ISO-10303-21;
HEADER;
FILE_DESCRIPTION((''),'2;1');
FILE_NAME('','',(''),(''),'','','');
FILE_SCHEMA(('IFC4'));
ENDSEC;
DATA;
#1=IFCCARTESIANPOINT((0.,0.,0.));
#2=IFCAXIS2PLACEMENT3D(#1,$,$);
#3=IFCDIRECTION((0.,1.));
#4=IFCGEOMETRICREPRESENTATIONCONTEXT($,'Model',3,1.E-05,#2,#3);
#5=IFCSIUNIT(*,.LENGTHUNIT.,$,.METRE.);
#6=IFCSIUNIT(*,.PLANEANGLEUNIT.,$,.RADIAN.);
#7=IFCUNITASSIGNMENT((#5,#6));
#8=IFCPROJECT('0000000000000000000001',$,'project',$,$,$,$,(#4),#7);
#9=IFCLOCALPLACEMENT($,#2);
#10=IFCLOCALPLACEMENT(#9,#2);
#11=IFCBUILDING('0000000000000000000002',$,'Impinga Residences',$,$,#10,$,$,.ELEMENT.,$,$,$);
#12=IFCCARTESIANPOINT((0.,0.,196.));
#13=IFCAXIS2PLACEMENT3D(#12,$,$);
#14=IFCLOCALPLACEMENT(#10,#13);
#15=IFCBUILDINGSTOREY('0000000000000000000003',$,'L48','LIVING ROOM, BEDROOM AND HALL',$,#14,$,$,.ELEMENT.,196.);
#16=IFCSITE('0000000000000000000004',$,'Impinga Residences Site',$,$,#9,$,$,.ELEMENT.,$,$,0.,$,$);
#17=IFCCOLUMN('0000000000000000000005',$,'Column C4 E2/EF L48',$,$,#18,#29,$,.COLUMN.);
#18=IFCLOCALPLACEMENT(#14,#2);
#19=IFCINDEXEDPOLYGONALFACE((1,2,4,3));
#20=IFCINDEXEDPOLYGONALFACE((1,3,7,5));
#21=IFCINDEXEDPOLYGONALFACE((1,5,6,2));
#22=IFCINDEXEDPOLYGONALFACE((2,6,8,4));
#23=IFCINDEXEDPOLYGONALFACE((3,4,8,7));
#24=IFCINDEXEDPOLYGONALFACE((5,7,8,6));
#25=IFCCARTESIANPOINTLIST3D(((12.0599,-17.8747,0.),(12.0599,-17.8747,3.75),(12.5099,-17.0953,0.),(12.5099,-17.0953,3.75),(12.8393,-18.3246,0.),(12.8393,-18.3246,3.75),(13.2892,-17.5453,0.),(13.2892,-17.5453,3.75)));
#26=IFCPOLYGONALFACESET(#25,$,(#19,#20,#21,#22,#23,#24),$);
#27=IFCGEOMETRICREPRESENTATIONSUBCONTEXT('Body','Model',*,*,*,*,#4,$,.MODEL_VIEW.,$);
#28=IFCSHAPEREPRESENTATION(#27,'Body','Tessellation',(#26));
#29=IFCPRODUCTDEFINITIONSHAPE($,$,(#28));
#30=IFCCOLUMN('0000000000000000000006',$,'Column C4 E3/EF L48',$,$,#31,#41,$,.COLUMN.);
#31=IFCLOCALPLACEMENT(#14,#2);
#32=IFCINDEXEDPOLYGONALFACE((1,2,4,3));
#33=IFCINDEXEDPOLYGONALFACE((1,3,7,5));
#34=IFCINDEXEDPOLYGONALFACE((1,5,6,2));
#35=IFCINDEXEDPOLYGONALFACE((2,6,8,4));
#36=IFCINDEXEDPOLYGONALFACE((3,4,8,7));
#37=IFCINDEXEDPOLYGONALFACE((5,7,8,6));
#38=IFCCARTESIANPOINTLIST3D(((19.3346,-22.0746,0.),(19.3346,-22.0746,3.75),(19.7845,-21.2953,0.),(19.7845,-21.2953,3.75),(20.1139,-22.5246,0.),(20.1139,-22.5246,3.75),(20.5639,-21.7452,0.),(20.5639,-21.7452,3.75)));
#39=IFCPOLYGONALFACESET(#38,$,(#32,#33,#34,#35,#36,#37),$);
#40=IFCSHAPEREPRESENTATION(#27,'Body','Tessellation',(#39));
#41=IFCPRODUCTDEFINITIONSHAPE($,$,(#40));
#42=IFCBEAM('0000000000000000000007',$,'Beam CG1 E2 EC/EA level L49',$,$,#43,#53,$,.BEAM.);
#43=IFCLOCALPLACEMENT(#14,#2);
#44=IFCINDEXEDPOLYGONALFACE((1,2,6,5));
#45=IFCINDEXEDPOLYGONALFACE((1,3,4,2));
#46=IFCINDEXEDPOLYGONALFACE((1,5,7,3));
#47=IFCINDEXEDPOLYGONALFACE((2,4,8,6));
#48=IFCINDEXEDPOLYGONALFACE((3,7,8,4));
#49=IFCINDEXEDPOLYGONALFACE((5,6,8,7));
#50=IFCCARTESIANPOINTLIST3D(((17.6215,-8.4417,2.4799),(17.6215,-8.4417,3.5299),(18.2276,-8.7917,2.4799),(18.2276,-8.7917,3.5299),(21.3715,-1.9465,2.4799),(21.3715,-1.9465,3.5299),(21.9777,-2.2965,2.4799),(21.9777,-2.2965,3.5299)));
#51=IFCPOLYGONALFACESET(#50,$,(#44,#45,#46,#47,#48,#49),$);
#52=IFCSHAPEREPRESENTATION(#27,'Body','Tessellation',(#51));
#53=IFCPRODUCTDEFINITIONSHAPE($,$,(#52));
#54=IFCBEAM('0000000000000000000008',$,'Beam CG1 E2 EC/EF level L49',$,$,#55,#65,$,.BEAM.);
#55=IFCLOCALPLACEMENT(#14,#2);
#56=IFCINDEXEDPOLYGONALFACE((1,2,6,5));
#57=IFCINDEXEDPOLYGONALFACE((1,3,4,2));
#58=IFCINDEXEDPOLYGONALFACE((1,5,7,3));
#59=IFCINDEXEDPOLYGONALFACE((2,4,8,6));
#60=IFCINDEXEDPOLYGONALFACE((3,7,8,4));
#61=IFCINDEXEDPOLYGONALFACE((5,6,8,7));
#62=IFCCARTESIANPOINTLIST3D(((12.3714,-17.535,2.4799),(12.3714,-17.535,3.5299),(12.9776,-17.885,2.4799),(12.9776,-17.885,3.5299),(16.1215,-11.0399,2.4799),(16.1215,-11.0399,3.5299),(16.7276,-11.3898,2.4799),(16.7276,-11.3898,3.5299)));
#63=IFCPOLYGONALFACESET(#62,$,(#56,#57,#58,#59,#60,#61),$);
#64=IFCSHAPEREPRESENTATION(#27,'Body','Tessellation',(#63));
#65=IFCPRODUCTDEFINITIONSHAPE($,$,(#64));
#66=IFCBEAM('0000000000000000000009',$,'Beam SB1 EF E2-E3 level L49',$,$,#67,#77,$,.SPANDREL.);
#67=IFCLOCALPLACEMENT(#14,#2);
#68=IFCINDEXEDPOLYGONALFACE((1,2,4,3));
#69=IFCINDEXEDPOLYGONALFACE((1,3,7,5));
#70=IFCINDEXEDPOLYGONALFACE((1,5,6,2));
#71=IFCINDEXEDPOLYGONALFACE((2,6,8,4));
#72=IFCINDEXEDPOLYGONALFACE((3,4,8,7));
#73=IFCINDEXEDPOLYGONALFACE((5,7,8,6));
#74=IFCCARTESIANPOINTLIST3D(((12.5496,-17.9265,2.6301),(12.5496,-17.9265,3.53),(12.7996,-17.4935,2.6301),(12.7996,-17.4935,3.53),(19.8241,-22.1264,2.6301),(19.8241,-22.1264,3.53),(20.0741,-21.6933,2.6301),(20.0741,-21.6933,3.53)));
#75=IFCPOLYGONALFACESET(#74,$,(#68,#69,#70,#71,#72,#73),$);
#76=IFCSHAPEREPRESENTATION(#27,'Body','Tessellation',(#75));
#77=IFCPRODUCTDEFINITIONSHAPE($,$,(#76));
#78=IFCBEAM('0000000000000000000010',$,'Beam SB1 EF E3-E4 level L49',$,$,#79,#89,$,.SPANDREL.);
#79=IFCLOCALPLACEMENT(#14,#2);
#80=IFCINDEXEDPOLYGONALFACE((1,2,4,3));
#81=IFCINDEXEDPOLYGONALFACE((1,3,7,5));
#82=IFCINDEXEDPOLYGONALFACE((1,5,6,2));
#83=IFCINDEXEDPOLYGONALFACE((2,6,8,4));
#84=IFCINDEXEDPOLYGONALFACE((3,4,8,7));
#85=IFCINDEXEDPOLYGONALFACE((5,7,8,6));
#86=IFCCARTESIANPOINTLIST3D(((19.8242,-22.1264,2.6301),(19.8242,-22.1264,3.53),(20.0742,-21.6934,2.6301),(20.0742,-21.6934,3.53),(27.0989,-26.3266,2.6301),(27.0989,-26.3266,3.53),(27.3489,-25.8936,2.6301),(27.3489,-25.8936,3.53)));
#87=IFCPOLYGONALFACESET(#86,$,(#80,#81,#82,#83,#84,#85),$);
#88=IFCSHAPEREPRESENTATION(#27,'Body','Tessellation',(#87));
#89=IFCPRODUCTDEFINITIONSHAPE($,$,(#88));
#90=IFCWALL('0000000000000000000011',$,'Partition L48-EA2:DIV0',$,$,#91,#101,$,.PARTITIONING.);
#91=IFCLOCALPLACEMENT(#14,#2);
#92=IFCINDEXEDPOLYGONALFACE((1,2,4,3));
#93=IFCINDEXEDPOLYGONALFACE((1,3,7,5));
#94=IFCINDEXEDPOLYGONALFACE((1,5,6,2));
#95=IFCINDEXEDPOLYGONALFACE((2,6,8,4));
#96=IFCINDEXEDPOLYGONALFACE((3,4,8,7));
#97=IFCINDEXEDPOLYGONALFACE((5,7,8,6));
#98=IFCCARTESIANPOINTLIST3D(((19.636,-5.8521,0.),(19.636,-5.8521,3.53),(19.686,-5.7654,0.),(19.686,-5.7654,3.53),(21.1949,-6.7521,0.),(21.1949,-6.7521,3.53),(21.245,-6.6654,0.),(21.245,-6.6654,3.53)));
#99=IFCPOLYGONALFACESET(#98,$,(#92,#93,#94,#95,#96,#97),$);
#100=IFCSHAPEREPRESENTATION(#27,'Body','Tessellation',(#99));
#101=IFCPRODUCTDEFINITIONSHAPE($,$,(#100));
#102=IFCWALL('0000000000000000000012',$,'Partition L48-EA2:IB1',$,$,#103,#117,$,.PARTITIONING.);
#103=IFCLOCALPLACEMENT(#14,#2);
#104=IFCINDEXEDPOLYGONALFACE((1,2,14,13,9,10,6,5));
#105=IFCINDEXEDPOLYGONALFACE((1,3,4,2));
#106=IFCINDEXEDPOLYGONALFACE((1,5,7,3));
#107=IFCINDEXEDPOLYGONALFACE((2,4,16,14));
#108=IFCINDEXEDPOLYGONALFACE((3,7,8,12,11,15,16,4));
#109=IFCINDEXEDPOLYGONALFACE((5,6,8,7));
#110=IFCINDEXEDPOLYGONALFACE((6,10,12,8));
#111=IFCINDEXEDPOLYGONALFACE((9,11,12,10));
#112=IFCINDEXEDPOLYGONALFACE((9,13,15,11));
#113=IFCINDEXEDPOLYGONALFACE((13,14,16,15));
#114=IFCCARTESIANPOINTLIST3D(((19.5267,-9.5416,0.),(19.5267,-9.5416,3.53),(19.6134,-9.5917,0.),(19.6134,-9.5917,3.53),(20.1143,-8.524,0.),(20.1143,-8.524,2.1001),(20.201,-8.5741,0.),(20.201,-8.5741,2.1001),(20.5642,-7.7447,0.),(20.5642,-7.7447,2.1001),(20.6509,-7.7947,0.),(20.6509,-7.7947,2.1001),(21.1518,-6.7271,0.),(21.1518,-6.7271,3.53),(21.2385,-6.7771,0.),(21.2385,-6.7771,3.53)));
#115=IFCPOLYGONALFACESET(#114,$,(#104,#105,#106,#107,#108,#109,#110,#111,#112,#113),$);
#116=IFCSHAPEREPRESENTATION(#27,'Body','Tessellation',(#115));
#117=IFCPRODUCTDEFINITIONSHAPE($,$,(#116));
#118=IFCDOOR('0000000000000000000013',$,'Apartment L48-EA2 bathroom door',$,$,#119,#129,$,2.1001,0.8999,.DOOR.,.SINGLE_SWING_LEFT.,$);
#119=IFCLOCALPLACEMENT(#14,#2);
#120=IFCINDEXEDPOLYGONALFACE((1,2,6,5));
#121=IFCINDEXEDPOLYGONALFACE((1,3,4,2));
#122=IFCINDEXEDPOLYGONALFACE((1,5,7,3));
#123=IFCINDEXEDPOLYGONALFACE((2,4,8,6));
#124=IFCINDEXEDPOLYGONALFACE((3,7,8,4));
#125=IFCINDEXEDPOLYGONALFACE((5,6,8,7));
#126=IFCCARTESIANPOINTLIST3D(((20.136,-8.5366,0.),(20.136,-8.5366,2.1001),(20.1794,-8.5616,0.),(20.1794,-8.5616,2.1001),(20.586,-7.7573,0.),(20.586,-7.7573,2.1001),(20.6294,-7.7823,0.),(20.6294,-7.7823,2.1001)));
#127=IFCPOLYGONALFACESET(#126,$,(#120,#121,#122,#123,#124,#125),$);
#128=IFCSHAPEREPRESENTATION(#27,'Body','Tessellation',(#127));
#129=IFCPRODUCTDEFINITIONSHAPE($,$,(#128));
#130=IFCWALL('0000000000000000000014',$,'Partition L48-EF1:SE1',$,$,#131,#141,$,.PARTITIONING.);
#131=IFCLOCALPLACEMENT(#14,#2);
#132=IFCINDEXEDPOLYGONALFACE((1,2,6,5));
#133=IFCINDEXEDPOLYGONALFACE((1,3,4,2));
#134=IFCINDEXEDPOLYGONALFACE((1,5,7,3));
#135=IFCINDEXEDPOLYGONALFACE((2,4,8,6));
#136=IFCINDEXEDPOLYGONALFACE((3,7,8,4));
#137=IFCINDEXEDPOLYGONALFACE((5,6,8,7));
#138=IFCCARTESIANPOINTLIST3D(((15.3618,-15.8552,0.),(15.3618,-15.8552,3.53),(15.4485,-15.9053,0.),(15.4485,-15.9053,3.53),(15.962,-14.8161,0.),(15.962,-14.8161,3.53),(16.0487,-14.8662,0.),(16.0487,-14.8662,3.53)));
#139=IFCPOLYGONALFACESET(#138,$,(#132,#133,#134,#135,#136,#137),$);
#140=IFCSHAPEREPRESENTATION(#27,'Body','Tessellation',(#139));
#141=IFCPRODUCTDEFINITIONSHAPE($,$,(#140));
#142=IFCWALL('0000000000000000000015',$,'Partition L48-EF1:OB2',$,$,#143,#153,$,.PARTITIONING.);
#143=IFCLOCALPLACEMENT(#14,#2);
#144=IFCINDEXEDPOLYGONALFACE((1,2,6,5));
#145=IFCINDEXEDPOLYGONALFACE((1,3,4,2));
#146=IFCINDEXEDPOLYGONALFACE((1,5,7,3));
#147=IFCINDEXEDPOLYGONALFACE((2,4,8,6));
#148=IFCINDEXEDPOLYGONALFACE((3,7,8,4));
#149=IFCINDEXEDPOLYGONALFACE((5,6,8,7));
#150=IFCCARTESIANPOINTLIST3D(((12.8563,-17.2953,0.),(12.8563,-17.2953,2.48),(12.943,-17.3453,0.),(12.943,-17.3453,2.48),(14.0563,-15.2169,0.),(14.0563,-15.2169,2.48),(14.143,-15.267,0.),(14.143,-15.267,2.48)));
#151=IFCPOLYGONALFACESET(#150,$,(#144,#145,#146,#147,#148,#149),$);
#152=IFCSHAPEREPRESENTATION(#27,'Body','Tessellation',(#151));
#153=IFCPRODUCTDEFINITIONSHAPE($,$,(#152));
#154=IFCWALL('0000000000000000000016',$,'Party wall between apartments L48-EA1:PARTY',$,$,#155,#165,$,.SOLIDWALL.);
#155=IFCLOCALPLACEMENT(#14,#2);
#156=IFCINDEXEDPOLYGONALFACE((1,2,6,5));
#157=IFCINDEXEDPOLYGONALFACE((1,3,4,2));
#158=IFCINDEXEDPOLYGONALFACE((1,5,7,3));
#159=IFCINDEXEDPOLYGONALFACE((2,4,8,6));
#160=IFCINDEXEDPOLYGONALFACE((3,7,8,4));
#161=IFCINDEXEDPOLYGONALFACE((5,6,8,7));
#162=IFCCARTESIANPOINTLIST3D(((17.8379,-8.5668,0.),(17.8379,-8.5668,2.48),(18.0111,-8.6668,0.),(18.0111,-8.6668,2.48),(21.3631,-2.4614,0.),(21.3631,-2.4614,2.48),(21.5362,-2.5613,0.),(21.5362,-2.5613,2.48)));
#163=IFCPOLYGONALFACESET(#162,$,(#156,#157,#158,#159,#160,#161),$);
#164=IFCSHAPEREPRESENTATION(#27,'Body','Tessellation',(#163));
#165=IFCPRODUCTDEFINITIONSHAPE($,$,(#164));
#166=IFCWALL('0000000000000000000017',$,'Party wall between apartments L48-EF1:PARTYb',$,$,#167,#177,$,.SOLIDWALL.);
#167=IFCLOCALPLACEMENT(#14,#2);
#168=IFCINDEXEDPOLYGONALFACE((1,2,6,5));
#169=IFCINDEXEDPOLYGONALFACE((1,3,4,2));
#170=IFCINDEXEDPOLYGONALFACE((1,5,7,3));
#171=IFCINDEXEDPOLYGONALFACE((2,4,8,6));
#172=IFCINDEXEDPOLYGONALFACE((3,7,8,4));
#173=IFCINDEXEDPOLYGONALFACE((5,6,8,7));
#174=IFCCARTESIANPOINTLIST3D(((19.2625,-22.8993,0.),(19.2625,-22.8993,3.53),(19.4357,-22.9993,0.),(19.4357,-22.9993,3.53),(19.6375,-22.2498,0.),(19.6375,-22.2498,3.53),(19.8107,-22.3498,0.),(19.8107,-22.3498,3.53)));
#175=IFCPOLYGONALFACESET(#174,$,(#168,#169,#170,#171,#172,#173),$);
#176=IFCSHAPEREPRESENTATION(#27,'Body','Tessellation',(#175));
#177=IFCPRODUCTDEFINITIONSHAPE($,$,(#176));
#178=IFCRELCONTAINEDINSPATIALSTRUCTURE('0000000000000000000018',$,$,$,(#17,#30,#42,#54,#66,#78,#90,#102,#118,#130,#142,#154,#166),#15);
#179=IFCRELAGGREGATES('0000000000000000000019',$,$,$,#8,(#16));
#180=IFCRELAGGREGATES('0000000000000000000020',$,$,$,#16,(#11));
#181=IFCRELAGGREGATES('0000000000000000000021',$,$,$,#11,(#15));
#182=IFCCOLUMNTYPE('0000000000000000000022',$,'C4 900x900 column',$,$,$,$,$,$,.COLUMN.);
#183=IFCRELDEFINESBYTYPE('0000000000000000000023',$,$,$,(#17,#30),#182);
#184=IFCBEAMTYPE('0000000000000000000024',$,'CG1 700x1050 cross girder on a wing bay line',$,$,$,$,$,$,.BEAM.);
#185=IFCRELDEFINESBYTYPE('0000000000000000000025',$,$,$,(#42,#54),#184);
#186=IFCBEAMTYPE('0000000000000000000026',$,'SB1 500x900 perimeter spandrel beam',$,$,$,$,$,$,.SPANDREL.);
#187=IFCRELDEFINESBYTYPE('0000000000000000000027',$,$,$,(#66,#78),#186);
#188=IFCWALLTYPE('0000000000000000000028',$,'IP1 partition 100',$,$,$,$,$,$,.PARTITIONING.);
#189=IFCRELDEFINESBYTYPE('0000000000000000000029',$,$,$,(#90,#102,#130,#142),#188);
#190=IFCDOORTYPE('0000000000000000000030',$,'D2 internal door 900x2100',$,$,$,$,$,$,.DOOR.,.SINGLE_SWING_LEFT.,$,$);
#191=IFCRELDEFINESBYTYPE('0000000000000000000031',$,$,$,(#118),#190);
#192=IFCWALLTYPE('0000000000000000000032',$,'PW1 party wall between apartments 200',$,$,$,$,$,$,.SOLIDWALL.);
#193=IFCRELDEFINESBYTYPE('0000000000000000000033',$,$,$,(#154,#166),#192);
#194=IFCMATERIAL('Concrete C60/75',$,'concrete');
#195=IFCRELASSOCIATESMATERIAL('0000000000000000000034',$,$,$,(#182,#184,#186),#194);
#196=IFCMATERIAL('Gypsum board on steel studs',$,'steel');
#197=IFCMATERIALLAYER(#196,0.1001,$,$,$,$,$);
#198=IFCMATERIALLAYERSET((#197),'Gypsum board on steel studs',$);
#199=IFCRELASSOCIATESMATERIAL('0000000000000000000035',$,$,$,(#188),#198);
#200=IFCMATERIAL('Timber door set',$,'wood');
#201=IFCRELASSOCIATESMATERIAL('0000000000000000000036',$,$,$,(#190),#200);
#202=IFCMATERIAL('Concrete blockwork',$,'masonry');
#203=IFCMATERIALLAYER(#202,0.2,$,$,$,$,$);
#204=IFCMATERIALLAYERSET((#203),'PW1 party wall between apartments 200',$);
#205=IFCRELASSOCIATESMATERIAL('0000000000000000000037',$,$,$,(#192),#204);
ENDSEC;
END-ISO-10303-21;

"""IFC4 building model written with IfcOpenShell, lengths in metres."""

from ifc_helpers import new_model, si_unit, direction, frame, frame_2d, origin, origin_2d, place, context, subcontext, project, spatial, rectangle, extrude, material, layer, layer_set, material_profile, profile_set, type_object, element, fill, save


model = new_model("IFC4")

# Units and contexts
model_context = context("Model", 3, precision=1e-05, world=origin(), true_north=direction((0.0, 1.0)))
body_context = subcontext(model_context, "Body", "Model", "MODEL_VIEW")
ifc_project = project(units=[si_unit("LENGTHUNIT", "METRE"), si_unit("PLANEANGLEUNIT", "RADIAN")], contexts=[model_context])

# Site, building, storey
site_placement = place(None, origin())
site = spatial("IfcSite", under=ifc_project, at=site_placement, Name="Impinga Residences Site", CompositionType="ELEMENT", RefElevation=0.0)
building_placement = place(site_placement, origin())
building = spatial("IfcBuilding", under=site, at=building_placement, Name="Impinga Residences", CompositionType="ELEMENT")
storey_placement = place(building_placement, frame((0.0, 0.0, 196.0)))
storey = spatial("IfcBuildingStorey", under=building, at=storey_placement, Name="L48", Description="LIVING ROOM, BEDROOM AND HALL", CompositionType="ELEMENT", Elevation=196.0)

# Columns
ifc_material_1 = material(Name="Concrete C60/75", Category="concrete")
ifc_material_profile_1 = material_profile(ifc_material_1, rectangle(XDim=0.8999, YDim=0.8999, at=origin_2d()), Name="RC 900x900")
ifc_profile_set_1 = profile_set([ifc_material_profile_1], Name="Concrete C60/75")
column_type = type_object("IfcColumnType", Name="C4 900x900 column", PredefinedType="COLUMN", material=ifc_profile_set_1)
for number, where, z_axis, x_axis, name in (
    (1, (12.6746, -17.71, 0.0), (0.0, 0.0, 1.0), (-0.5, -0.866025, 0.0), "Column C4 E2/EF L48"),
    (2, (19.9492, -21.9099, 0.0), (0.0, 0.0, 1.0), (-0.5, -0.866025, 0.0), "Column C4 E3/EF L48"),
):
    element("IfcColumn", number, at=place(storey_placement, frame(where, z_axis=z_axis, x_axis=x_axis)), inside=storey, type_object=column_type, Name=name, PredefinedType="COLUMN", context=body_context, shape_type="SweptSolid", body=[
        extrude(rectangle(XDim=0.8999, YDim=0.8999, at=origin_2d()), origin(), (0.0, 0.0, 1.0), 3.75),
    ])

# Beams
ifc_material_profile_2 = material_profile(ifc_material_1, rectangle(XDim=0.7, YDim=1.05, at=origin_2d()), Name="RC 700x1050")
ifc_profile_set_2 = profile_set([ifc_material_profile_2], Name="Concrete C60/75")
beam_type_1 = type_object("IfcBeamType", Name="CG1 700x1050 cross girder on a wing bay line", PredefinedType="BEAM", material=ifc_profile_set_2)
for number, where, z_axis, x_axis, name in (
    (3, (17.9246, -8.6167, 3.0049), (0.500004, 0.866023, 0.0), (-0.866023, 0.500004, 0.0), "Beam CG1 E2 EC/EA level L49"),
    (4, (16.4246, -11.2148, 3.0049), (-0.500004, -0.866023, 0.0), (0.866023, -0.500004, 0.0), "Beam CG1 E2 EC/EF level L49"),
):
    element("IfcBeam", number, at=place(storey_placement, frame(where, z_axis=z_axis, x_axis=x_axis)), inside=storey, type_object=beam_type_1, Name=name, PredefinedType="BEAM", context=body_context, shape_type="SweptSolid", body=[
        extrude(rectangle(XDim=0.7, YDim=1.05, at=origin_2d()), origin(), (0.0, 0.0, 1.0), 7.5),
    ])
ifc_material_profile_3 = material_profile(ifc_material_1, rectangle(XDim=0.5, YDim=0.8999, at=origin_2d()), Name="RC 500x900")
ifc_profile_set_3 = profile_set([ifc_material_profile_3], Name="Concrete C60/75")
beam_type_2 = type_object("IfcBeamType", Name="SB1 500x900 perimeter spandrel beam", PredefinedType="SPANDREL", material=ifc_profile_set_3)
beam_1_placement = place(storey_placement, frame((12.6746, -17.71, 3.0801), z_axis=(0.866029, -0.499993, 0.0), x_axis=(0.499993, 0.866029, 0.0)))
element("IfcBeam", 5, at=beam_1_placement, inside=storey, type_object=beam_type_2, Name="Beam SB1 EF E2-E3 level L49", PredefinedType="SPANDREL", context=body_context, shape_type="SweptSolid", body=[
    extrude(rectangle(XDim=0.5, YDim=0.8999, at=origin_2d()), origin(), (0.0, 0.0, 1.0), 8.3999),
])
beam_2_placement = place(storey_placement, frame((19.9492, -21.9099, 3.0801), z_axis=(0.866017, -0.500015, 0.0), x_axis=(0.500015, 0.866017, 0.0)))
element("IfcBeam", 6, at=beam_2_placement, inside=storey, type_object=beam_type_2, Name="Beam SB1 EF E3-E4 level L49", PredefinedType="SPANDREL", context=body_context, shape_type="SweptSolid", body=[
    extrude(rectangle(XDim=0.5, YDim=0.8999, at=origin_2d()), origin(), (0.0, 0.0, 1.0), 8.4001),
])

# Wall
ifc_material_2 = material(Name="Gypsum board on steel studs", Category="steel")
ifc_layer_1 = layer(ifc_material_2, 0.1001)
ifc_layer_set_1 = layer_set([ifc_layer_1], Name="Gypsum board on steel studs")
wall_type_1 = type_object("IfcWallType", Name="IP1 partition 100", PredefinedType="PARTITIONING", material=ifc_layer_set_1)
wall_1_placement = place(storey_placement, frame((19.6611, -5.8088, 0.0), z_axis=(0.0, 0.0, 1.0), x_axis=(0.866048, -0.499961, 0.0)))
element("IfcWall", 7, at=wall_1_placement, inside=storey, type_object=wall_type_1, Name="Partition L48-EA2:DIV0", PredefinedType="PARTITIONING", context=body_context, shape_type="SweptSolid", body=[
    extrude(rectangle(XDim=1.8, YDim=0.1001, at=frame_2d((0.8999, 0.0))), origin(), (0.0, 0.0, 1.0), 3.53),
])

# Wall, opening, door
wall_2_placement = place(storey_placement, frame((19.5701, -9.5667, 0.0), z_axis=(0.0, 0.0, 1.0), x_axis=(0.500017, 0.866015, 0.0)))
wall_2 = element("IfcWall", 8, at=wall_2_placement, inside=storey, type_object=wall_type_1, Name="Partition L48-EA2:IB1", PredefinedType="PARTITIONING", context=body_context, shape_type="SweptSolid", body=[
    extrude(rectangle(XDim=3.25, YDim=0.1001, at=frame_2d((1.625, 0.0))), origin(), (0.0, 0.0, 1.0), 3.53),
])
opening_placement = place(wall_2_placement, frame((1.175, 0.0, 0.0)))
opening = element("IfcOpeningElement", 9, at=opening_placement, cuts=wall_2, PredefinedType="OPENING", context=body_context, shape_type="SweptSolid", body=[
    extrude(rectangle(XDim=0.8999, YDim=2.1001, at=frame_2d((0.45, 1.05))), frame((0.0, 0.0601, 0.0), z_axis=(0.0, -1.0, 0.0), x_axis=(1.0, 0.0, 0.0)), (0.0, 0.0, 1.0), 0.1201),
])
ifc_material_3 = material(Name="Timber door set", Category="wood")
door_type = type_object("IfcDoorType", Name="D2 internal door 900x2100", OperationType="SINGLE_SWING_LEFT", PredefinedType="DOOR", material=ifc_material_3)
door_placement = place(opening_placement, origin())
door = element("IfcDoor", 10, at=door_placement, inside=storey, type_object=door_type, Name="Apartment L48-EA2 bathroom door", OperationType="SINGLE_SWING_LEFT", OverallHeight=2.1001, OverallWidth=0.8999, PredefinedType="DOOR", context=body_context, shape_type="SweptSolid", body=[
    extrude(rectangle(XDim=0.8999, YDim=2.1001, at=frame_2d((0.45, 1.05))), frame((0.0, 0.0249, 0.0), z_axis=(0.0, -1.0, 0.0), x_axis=(1.0, 0.0, 0.0)), (0.0, 0.0, 1.0), 0.05),
])
fill(opening, door)

# Walls
wall_3_placement = place(storey_placement, frame((16.0054, -14.8411, 0.0), z_axis=(0.0, 0.0, 1.0), x_axis=(-0.500122, -0.865955, 0.0)))
element("IfcWall", 11, at=wall_3_placement, inside=storey, type_object=wall_type_1, Name="Partition L48-EF1:SE1", PredefinedType="PARTITIONING", context=body_context, shape_type="SweptSolid", body=[
    extrude(rectangle(XDim=1.2, YDim=0.1001, at=frame_2d((0.6001, 0.0))), origin(), (0.0, 0.0, 1.0), 3.53),
])
wall_4_placement = place(storey_placement, frame((14.0996, -15.2419, 0.0), z_axis=(0.0, 0.0, 1.0), x_axis=(-0.500001, -0.866025, 0.0)))
element("IfcWall", 12, at=wall_4_placement, inside=storey, type_object=wall_type_1, Name="Partition L48-EF1:OB2", PredefinedType="PARTITIONING", context=body_context, shape_type="SweptSolid", body=[
    extrude(rectangle(XDim=2.3999, YDim=0.1001, at=frame_2d((1.2, 0.0))), origin(), (0.0, 0.0, 1.0), 2.48),
])
ifc_material_4 = material(Name="Concrete blockwork", Category="masonry")
ifc_layer_2 = layer(ifc_material_4, 0.2)
ifc_layer_set_2 = layer_set([ifc_layer_2], Name="PW1 party wall between apartments 200")
wall_type_2 = type_object("IfcWallType", Name="PW1 party wall between apartments 200", PredefinedType="SOLIDWALL", material=ifc_layer_set_2)
wall_5_placement = place(storey_placement, frame((17.9246, -8.6167, 0.0), z_axis=(0.0, 0.0, 1.0), x_axis=(0.500016, 0.866016, 0.0)))
element("IfcWall", 13, at=wall_5_placement, inside=storey, type_object=wall_type_2, Name="Party wall between apartments L48-EA1:PARTY", PredefinedType="SOLIDWALL", context=body_context, shape_type="SweptSolid", body=[
    extrude(rectangle(XDim=7.05, YDim=0.2, at=frame_2d((3.5249, 0.0))), origin(), (0.0, 0.0, 1.0), 2.48),
])
wall_6_placement = place(storey_placement, frame((19.7241, -22.2998, 0.0), z_axis=(0.0, 0.0, 1.0), x_axis=(-0.500061, -0.86599, 0.0)))
element("IfcWall", 14, at=wall_6_placement, inside=storey, type_object=wall_type_2, Name="Party wall between apartments L48-EF1:PARTYb", PredefinedType="SOLIDWALL", context=body_context, shape_type="SweptSolid", body=[
    extrude(rectangle(XDim=0.75, YDim=0.2, at=frame_2d((0.375, 0.0))), origin(), (0.0, 0.0, 1.0), 3.53),
])

save(model, "model.ifc")
